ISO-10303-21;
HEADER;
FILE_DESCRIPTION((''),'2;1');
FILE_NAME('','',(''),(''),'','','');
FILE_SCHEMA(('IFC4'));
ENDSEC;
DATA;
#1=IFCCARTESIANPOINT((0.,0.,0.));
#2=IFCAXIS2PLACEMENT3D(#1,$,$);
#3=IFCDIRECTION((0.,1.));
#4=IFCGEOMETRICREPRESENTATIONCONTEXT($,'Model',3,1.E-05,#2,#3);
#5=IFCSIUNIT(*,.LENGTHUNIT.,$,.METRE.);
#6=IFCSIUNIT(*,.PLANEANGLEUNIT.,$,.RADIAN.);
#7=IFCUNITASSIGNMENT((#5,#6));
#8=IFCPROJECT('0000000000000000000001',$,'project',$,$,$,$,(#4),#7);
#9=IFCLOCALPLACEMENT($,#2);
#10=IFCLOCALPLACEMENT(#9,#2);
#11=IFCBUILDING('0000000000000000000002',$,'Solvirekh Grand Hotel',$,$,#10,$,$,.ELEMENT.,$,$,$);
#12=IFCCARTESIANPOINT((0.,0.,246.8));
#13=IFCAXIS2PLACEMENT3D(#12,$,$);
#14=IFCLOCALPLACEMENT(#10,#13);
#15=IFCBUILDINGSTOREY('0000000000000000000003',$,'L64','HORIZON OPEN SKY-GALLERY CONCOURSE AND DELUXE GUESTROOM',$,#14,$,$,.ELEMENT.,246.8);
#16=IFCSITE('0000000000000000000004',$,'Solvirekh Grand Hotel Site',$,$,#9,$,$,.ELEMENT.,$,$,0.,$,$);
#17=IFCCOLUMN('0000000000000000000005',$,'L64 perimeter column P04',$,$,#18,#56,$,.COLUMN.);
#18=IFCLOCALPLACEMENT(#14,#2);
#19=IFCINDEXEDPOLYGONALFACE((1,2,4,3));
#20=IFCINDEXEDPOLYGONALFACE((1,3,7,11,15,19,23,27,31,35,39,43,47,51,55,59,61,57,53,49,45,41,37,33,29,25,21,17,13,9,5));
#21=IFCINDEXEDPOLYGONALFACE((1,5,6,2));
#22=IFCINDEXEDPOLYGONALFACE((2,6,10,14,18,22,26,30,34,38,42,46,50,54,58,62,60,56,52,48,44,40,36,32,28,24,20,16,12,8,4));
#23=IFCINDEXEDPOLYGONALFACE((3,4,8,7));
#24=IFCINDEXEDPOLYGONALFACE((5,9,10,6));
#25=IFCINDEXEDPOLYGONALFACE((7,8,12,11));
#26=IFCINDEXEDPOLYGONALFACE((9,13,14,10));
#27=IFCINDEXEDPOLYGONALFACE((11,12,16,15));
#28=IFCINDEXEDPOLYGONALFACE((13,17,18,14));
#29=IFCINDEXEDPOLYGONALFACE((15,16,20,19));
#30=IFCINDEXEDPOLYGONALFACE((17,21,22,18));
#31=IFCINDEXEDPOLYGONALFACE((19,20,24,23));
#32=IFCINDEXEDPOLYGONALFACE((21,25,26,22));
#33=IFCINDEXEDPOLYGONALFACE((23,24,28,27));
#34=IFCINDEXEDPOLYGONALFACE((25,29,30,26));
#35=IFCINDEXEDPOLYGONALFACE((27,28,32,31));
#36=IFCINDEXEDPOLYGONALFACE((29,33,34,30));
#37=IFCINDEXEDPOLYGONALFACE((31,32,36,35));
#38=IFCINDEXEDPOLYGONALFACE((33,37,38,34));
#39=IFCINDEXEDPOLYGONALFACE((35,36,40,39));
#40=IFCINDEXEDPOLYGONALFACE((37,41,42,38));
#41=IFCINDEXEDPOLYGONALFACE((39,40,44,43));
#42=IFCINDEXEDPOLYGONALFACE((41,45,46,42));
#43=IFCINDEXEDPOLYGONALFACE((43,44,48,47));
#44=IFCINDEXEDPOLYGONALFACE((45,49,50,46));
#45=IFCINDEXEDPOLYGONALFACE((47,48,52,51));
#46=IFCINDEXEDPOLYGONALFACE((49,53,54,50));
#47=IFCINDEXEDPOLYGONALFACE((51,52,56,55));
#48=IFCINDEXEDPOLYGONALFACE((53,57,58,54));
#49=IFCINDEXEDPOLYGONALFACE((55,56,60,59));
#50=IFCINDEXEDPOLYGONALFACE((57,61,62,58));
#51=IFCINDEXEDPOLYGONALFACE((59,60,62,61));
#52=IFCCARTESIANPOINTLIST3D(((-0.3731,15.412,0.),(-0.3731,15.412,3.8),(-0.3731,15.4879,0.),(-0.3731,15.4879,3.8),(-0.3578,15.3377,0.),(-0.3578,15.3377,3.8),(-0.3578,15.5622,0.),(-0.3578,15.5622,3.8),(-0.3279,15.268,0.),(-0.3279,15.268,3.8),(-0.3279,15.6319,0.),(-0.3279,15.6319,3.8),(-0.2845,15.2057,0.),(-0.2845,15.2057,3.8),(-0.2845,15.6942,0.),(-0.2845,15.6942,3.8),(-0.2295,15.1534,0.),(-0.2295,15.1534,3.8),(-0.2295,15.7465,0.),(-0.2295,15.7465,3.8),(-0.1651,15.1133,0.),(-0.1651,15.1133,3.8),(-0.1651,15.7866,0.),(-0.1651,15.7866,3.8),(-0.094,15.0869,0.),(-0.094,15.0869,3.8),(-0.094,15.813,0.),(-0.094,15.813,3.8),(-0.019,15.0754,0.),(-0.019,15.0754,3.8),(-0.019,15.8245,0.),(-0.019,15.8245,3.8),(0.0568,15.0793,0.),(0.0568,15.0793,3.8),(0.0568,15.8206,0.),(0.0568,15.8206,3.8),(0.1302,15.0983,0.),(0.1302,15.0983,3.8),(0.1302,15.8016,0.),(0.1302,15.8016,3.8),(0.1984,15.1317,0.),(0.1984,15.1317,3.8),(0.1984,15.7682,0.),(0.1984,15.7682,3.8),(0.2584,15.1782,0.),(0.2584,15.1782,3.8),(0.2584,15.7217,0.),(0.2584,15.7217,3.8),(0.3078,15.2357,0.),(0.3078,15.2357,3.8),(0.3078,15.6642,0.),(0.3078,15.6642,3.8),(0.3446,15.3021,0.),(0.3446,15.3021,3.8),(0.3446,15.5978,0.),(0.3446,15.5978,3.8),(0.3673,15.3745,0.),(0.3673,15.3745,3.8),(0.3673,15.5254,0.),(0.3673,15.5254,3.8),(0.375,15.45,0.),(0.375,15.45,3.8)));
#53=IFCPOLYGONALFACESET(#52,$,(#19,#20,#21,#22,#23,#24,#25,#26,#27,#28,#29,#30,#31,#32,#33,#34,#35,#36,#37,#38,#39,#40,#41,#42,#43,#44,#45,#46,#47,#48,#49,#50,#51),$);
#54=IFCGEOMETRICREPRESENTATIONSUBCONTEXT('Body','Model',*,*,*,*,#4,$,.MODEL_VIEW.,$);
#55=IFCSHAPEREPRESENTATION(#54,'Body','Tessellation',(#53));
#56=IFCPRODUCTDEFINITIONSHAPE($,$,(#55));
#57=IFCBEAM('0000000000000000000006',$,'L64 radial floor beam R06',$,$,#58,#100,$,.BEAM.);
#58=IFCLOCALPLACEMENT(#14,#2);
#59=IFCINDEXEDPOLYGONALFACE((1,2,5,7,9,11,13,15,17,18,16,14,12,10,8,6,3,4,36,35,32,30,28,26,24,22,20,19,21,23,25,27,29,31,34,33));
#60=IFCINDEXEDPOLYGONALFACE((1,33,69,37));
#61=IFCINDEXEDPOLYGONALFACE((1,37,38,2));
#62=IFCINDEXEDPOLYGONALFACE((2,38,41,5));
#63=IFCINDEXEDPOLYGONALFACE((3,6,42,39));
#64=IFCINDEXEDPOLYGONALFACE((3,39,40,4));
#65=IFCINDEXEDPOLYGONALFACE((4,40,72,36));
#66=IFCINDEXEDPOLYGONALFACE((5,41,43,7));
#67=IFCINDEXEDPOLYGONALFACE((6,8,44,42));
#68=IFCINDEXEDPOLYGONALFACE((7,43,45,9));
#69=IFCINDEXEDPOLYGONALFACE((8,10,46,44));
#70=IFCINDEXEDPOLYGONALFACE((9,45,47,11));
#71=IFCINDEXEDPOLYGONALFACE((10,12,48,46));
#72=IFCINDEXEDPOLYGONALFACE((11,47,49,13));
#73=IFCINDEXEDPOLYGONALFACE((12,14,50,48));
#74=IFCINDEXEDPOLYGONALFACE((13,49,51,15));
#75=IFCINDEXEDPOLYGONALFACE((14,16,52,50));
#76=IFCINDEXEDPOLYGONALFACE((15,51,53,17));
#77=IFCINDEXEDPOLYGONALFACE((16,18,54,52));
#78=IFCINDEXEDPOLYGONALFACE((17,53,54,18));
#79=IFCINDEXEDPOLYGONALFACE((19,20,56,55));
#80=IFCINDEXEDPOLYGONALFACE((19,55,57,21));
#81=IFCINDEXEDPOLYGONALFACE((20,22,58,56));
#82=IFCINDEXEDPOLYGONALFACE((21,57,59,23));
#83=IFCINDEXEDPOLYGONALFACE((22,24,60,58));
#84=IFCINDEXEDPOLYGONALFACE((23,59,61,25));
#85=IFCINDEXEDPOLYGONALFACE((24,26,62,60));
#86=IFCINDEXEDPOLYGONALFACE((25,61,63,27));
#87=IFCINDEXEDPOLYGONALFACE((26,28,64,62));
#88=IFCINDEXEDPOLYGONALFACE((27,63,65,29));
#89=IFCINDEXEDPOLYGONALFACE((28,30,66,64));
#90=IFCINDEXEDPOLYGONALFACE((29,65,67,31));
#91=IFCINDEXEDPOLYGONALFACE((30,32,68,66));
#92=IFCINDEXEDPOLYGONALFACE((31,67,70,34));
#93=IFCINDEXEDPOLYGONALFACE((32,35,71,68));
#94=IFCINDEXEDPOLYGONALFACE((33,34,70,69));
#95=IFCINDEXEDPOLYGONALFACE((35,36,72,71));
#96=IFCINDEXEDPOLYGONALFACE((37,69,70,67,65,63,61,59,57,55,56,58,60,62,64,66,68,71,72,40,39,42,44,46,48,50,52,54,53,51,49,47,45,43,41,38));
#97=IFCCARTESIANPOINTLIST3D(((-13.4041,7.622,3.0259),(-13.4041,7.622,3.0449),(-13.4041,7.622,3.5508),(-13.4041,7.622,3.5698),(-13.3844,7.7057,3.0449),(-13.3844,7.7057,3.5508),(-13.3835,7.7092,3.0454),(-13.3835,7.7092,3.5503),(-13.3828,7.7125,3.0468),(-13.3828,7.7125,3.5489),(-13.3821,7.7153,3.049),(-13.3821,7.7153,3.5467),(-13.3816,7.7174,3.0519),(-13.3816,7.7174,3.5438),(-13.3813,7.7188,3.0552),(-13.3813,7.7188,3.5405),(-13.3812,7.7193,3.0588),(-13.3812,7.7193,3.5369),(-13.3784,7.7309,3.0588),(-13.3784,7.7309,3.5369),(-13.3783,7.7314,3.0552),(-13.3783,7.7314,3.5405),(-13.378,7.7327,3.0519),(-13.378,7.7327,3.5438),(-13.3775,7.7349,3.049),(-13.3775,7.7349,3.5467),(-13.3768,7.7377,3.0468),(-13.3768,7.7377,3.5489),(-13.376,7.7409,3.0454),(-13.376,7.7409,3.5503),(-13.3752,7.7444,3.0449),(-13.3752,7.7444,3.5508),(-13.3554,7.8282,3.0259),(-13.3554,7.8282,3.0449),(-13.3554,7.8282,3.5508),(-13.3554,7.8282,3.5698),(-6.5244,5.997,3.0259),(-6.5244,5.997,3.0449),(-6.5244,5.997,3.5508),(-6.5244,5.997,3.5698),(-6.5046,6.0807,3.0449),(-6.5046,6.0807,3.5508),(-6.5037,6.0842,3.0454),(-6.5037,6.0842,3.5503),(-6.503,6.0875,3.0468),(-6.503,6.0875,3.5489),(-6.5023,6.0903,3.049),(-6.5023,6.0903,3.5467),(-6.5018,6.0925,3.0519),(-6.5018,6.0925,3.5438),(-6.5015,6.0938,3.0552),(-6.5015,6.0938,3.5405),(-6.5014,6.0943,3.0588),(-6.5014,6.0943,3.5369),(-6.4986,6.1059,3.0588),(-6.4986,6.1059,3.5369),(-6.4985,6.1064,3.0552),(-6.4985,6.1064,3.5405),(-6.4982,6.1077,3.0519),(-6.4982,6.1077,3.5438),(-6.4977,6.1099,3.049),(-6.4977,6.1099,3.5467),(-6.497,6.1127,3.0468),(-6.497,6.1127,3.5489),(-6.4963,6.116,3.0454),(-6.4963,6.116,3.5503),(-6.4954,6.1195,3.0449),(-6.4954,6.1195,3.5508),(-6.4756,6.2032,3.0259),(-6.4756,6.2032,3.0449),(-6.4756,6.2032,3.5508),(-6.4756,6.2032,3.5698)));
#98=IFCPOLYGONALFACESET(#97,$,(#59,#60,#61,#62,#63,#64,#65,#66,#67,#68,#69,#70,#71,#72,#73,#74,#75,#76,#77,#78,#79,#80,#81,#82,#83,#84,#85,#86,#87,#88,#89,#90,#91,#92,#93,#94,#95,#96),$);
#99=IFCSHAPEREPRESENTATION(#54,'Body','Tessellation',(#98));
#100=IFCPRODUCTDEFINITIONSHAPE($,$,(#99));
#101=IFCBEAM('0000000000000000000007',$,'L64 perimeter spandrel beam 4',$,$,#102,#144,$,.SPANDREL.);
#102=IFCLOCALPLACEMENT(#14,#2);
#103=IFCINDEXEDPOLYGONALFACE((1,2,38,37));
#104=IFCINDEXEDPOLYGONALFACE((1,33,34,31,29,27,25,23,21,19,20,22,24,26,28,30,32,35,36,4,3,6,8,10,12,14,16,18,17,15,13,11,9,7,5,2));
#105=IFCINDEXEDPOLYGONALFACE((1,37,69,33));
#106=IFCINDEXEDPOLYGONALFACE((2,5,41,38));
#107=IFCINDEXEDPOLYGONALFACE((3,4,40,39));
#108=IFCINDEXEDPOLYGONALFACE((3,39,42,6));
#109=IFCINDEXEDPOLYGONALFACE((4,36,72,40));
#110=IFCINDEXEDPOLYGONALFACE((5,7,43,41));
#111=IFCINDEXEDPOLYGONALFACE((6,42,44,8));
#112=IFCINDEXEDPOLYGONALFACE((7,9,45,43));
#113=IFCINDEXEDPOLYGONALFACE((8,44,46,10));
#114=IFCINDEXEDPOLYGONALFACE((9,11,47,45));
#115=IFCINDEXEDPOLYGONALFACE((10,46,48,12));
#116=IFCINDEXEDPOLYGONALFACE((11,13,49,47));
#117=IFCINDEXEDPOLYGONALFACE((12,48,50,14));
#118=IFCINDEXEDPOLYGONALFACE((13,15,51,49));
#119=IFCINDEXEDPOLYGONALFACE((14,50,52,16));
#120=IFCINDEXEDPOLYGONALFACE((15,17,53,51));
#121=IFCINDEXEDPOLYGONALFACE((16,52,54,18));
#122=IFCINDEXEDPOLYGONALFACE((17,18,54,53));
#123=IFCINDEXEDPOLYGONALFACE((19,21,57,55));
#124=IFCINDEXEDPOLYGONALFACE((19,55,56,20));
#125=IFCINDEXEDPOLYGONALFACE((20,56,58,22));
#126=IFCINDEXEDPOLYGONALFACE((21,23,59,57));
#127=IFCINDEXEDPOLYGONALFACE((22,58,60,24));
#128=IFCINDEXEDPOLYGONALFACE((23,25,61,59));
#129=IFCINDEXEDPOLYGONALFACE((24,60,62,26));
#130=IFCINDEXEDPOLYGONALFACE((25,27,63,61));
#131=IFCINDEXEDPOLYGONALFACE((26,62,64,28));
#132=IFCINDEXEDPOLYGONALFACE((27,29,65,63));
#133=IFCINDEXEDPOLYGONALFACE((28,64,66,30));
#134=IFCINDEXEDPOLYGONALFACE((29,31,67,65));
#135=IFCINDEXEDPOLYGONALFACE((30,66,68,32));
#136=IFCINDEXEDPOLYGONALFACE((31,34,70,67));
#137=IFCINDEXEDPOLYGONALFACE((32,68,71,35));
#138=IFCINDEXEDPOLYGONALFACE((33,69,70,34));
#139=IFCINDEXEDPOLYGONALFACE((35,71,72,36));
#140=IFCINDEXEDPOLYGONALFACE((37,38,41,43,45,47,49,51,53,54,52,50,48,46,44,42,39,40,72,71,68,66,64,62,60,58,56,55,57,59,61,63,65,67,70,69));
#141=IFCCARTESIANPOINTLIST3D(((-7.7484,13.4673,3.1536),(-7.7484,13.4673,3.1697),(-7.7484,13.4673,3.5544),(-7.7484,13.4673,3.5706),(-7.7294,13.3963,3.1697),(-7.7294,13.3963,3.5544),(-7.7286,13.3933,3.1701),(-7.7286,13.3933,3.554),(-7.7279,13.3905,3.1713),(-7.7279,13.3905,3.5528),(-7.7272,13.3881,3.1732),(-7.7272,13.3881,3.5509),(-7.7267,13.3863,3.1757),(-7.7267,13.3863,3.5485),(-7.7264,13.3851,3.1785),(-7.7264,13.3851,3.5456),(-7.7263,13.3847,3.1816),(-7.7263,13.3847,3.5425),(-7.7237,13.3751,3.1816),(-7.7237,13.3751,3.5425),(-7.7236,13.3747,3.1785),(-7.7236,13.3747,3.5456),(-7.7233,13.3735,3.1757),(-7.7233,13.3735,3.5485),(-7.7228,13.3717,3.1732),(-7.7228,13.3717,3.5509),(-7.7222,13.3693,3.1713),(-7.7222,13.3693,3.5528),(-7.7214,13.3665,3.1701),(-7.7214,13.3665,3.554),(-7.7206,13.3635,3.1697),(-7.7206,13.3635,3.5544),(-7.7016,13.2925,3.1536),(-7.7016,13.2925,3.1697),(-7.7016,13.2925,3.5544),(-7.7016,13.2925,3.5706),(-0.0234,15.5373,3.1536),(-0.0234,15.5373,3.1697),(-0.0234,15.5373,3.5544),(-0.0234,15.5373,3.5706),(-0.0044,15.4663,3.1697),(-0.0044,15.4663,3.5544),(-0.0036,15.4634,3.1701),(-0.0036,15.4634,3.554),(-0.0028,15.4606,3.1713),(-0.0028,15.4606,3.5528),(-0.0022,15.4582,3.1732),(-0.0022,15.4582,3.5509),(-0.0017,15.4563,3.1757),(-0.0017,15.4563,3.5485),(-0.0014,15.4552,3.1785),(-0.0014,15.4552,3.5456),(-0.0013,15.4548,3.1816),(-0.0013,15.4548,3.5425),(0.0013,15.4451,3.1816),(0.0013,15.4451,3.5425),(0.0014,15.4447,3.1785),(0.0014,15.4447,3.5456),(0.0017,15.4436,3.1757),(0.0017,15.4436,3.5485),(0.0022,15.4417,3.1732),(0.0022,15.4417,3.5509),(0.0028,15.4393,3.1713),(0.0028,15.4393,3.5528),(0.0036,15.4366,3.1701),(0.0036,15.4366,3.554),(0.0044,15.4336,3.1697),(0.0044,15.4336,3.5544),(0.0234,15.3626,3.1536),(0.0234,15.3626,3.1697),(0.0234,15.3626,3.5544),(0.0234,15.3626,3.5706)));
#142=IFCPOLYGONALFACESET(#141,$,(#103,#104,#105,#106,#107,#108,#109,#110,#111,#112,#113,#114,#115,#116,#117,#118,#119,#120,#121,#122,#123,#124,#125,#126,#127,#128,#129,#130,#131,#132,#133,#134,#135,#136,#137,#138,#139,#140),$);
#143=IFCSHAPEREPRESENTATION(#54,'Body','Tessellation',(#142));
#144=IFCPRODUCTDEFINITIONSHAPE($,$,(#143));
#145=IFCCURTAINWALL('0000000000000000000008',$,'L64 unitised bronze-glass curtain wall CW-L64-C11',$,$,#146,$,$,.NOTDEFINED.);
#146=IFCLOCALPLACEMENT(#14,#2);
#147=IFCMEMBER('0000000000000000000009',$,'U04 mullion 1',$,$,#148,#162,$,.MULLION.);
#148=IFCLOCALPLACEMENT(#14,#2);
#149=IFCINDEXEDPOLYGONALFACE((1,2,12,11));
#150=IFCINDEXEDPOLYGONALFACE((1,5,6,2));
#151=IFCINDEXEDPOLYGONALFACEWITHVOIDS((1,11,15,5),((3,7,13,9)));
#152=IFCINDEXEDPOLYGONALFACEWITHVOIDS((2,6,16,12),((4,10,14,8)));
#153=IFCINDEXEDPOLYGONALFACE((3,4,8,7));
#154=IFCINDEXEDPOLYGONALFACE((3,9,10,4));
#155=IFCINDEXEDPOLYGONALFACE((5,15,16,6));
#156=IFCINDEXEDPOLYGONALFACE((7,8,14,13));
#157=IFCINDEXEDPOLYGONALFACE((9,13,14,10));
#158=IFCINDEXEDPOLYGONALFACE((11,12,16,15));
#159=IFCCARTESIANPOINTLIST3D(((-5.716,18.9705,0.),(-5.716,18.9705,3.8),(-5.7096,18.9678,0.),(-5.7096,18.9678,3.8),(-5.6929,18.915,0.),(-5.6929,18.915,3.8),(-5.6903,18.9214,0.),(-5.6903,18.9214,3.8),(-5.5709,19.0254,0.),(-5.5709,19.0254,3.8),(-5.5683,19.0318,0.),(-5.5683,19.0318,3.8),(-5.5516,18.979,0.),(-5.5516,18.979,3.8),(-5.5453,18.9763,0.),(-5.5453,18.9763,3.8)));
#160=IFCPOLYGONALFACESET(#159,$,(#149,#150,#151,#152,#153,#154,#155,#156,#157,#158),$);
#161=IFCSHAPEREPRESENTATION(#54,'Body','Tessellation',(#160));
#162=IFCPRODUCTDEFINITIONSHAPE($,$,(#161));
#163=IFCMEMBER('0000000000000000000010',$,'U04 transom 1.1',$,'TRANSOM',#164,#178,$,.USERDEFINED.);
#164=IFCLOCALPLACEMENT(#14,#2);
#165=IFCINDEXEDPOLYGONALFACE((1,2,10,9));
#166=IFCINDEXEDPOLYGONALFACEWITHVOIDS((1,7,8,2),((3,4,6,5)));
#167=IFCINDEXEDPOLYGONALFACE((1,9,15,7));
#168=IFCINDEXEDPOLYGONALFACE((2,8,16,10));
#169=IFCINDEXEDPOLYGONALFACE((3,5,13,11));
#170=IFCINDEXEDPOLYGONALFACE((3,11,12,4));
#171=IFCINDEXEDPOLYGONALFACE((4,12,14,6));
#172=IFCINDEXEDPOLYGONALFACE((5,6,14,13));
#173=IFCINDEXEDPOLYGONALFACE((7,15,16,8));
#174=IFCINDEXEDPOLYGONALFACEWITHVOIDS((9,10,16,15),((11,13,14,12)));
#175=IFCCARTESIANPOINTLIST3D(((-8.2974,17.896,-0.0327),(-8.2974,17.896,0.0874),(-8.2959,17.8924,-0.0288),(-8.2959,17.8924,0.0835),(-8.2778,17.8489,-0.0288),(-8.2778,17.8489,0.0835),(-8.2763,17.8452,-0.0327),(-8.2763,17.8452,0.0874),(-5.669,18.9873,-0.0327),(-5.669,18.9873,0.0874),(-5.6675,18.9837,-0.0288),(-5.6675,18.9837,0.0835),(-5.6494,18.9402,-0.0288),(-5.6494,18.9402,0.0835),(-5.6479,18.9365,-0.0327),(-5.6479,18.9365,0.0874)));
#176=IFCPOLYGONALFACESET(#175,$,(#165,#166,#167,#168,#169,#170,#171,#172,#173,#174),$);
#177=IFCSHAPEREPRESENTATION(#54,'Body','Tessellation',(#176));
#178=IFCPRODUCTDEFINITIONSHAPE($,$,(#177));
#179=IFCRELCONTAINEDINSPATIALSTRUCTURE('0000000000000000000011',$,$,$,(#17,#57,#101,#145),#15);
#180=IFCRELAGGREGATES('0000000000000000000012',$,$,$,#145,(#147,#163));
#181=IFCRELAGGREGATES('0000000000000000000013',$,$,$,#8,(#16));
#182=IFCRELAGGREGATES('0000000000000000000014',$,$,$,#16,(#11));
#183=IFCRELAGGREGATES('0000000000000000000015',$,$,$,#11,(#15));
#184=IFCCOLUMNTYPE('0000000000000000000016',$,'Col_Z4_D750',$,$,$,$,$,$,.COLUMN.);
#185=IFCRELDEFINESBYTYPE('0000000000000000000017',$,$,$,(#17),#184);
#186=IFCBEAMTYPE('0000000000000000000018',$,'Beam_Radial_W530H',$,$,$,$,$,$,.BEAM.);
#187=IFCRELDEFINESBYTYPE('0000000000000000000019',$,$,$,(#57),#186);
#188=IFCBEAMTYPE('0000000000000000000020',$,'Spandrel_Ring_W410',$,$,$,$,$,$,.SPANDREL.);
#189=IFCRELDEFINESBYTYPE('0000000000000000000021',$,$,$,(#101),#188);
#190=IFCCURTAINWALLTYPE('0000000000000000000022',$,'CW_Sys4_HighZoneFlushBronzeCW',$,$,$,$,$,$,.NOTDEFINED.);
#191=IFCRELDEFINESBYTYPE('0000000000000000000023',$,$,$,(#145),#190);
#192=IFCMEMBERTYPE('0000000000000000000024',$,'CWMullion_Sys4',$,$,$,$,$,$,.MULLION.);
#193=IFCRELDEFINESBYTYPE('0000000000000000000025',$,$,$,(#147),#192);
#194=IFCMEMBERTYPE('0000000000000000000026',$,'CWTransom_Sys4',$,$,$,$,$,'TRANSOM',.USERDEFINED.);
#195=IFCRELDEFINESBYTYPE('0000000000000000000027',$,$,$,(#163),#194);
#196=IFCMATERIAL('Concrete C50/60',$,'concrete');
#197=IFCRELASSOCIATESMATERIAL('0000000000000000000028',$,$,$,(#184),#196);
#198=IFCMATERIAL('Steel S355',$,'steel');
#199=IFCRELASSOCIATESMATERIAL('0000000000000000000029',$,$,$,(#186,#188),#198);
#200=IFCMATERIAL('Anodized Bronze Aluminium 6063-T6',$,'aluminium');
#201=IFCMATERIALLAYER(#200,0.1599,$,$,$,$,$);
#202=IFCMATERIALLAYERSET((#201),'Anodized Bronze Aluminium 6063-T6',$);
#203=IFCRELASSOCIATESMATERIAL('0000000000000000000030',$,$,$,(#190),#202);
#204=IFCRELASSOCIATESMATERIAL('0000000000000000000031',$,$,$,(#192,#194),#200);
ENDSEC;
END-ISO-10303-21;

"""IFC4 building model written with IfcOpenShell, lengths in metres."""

from ifc_helpers import new_model, si_unit, direction, frame, origin, origin_2d, place, context, subcontext, project, spatial, hollow_rectangle, circle, i_section, extrude, source, transform, mapped, material, layer, layer_set, material_profile, profile_set, type_object, element, aggregate, save


model = new_model("IFC4")

# Units and contexts
model_context = context("Model", 3, precision=1e-05, world=origin(), true_north=direction((0.0, 1.0)))
body_context = subcontext(model_context, "Body", "Model", "MODEL_VIEW")
ifc_project = project(units=[si_unit("LENGTHUNIT", "METRE"), si_unit("PLANEANGLEUNIT", "RADIAN")], contexts=[model_context])

# Site, building, storey
site_placement = place(None, origin())
site = spatial("IfcSite", under=ifc_project, at=site_placement, Name="Solvirekh Grand Hotel Site", CompositionType="ELEMENT", RefElevation=0.0)
building_placement = place(site_placement, origin())
building = spatial("IfcBuilding", under=site, at=building_placement, Name="Solvirekh Grand Hotel", CompositionType="ELEMENT")
storey_placement = place(building_placement, frame((0.0, 0.0, 246.8)))
storey = spatial("IfcBuildingStorey", under=building, at=storey_placement, Name="L64", Description="HORIZON OPEN SKY-GALLERY CONCOURSE AND DELUXE GUESTROOM", CompositionType="ELEMENT", Elevation=246.8)

# Column
ifc_material_1 = material(Name="Concrete C50/60", Category="concrete")
ifc_material_profile_1 = material_profile(ifc_material_1, circle(Radius=0.375, at=origin_2d()), Name="RC CIRC D750")
ifc_profile_set_1 = profile_set([ifc_material_profile_1], Name="Concrete C50/60")
column_type = type_object("IfcColumnType", Name="Col_Z4_D750", PredefinedType="COLUMN", material=ifc_profile_set_1)
column_placement = place(storey_placement, frame((0.0, 15.45, 0.0), z_axis=(0.0, 0.0, 1.0), x_axis=(1.0, 0.0, 0.0)))
element("IfcColumn", 1, at=column_placement, inside=storey, type_object=column_type, Name="L64 perimeter column P04", PredefinedType="COLUMN", context=body_context, shape_type="SweptSolid", body=[
    extrude(circle(Radius=0.375, at=origin_2d()), origin(), (0.0, 0.0, 1.0), 3.8),
])

# Beams
ifc_material_2 = material(Name="Steel S355", Category="steel")
ifc_material_profile_2 = material_profile(ifc_material_2, i_section(OverallWidth=0.2119, OverallDepth=0.5439, WebThickness=0.012, FlangeThickness=0.019, FilletRadius=0.0139, at=origin_2d()), Name="W530X123")
ifc_profile_set_2 = profile_set([ifc_material_profile_2], Name="Steel S355")
beam_type_1 = type_object("IfcBeamType", Name="Beam_Radial_W530H", PredefinedType="BEAM", material=ifc_profile_set_2)
beam_1_placement = place(storey_placement, frame((-6.5, 6.1001, 3.2979), z_axis=(-0.973221, 0.229871, 0.0), x_axis=(-0.229871, -0.973221, 0.0)))
element("IfcBeam", 2, at=beam_1_placement, inside=storey, type_object=beam_type_1, Name="L64 radial floor beam R06", PredefinedType="BEAM", context=body_context, shape_type="SweptSolid", body=[
    extrude(i_section(OverallWidth=0.2119, OverallDepth=0.5439, WebThickness=0.012, FlangeThickness=0.019, FilletRadius=0.0139, at=origin_2d()), origin(), (0.0, 0.0, 1.0), 7.0691),
])
ifc_material_profile_3 = material_profile(ifc_material_2, i_section(OverallWidth=0.1809, OverallDepth=0.417, WebThickness=0.01, FlangeThickness=0.0161, FilletRadius=0.012, at=origin_2d()), Name="W410X85")
ifc_profile_set_3 = profile_set([ifc_material_profile_3], Name="Steel S355")
beam_type_2 = type_object("IfcBeamType", Name="Spandrel_Ring_W410", PredefinedType="SPANDREL", material=ifc_profile_set_3)
beam_2_placement = place(storey_placement, frame((0.0, 15.45, 3.3621), z_axis=(-0.965922, -0.258835, 0.0), x_axis=(0.258835, -0.965922, 0.0)))
element("IfcBeam", 3, at=beam_2_placement, inside=storey, type_object=beam_type_2, Name="L64 perimeter spandrel beam 4", PredefinedType="SPANDREL", context=body_context, shape_type="SweptSolid", body=[
    extrude(i_section(OverallWidth=0.1809, OverallDepth=0.417, WebThickness=0.01, FlangeThickness=0.0161, FilletRadius=0.012, at=origin_2d()), origin(), (0.0, 0.0, 1.0), 7.9976),
])

# Curtain wall, members
ifc_material_3 = material(Name="Anodized Bronze Aluminium 6063-T6", Category="aluminium")
ifc_layer_1 = layer(ifc_material_3, 0.1599)
ifc_layer_set_1 = layer_set([ifc_layer_1], Name="Anodized Bronze Aluminium 6063-T6")
curtain_wall_type = type_object("IfcCurtainWallType", Name="CW_Sys4_HighZoneFlushBronzeCW", PredefinedType="NOTDEFINED", material=ifc_layer_set_1)
curtain_wall_placement = place(storey_placement, origin())
curtain_wall = element("IfcCurtainWall", 4, at=curtain_wall_placement, inside=storey, type_object=curtain_wall_type, Name="L64 unitised bronze-glass curtain wall CW-L64-C11", PredefinedType="NOTDEFINED")
ifc_material_profile_4 = material_profile(ifc_material_3, hollow_rectangle(XDim=0.0601, YDim=0.1599, WallThickness=0.0049, at=origin_2d()), Name="ALU RHS 160X60X5")
ifc_profile_set_4 = profile_set([ifc_material_profile_4], Name="Anodized Bronze Aluminium 6063-T6")
member_type_1 = type_object("IfcMemberType", Name="CWMullion_Sys4", PredefinedType="MULLION", material=ifc_profile_set_4)
shared_shape_1 = source(origin(), body_context, "Body", "SweptSolid", [
    extrude(hollow_rectangle(XDim=0.0601, YDim=0.1599, WallThickness=0.0049, at=origin_2d()), origin(), (0.0, 0.0, 1.0), 3.8),
])
member_1_placement = place(storey_placement, frame((-5.6306, 18.9734, 0.0), z_axis=(0.0, 0.0, 1.0), x_axis=(0.383515, -0.923535, 0.0)))
member_1 = element("IfcMember", 5, at=member_1_placement, type_object=member_type_1, Name="U04 mullion 1", PredefinedType="MULLION", context=body_context, shape_type="MappedRepresentation", body=[
    mapped(shared_shape_1, transform((0.0, 0.0, 0.0), x_axis=(1.0, 0.0, 0.0), y_axis=(0.0, 1.0, 0.0), z_axis=(0.0, 0.0, 1.0), scale=1.0)),
])
ifc_material_profile_5 = material_profile(ifc_material_3, hollow_rectangle(XDim=0.0549, YDim=0.1201, WallThickness=0.0039, at=origin_2d()), Name="ALU RHS 120X55X4")
ifc_profile_set_5 = profile_set([ifc_material_profile_5], Name="Anodized Bronze Aluminium 6063-T6")
member_type_2 = type_object("IfcMemberType", Name="CWTransom_Sys4", ElementType="TRANSOM", PredefinedType="USERDEFINED", material=ifc_profile_set_5)
shared_shape_2 = source(origin(), body_context, "Body", "SweptSolid", [
    extrude(hollow_rectangle(XDim=0.0549, YDim=0.1201, WallThickness=0.0039, at=origin_2d()), origin(), (0.0, 0.0, 1.0), 2.8459),
])
member_2_placement = place(storey_placement, frame((-5.6584, 18.9619, 0.0273), z_axis=(-0.923558, -0.383458, 0.0), x_axis=(0.383458, -0.923558, 0.0)))
member_2 = element("IfcMember", 6, at=member_2_placement, type_object=member_type_2, Name="U04 transom 1.1", ObjectType="TRANSOM", PredefinedType="USERDEFINED", context=body_context, shape_type="MappedRepresentation", body=[
    mapped(shared_shape_2, transform((0.0, 0.0, 0.0), x_axis=(1.0, 0.0, 0.0), y_axis=(0.0, 1.0, 0.0), z_axis=(0.0, 0.0, 1.0), scale=1.0)),
])
aggregate(curtain_wall, [member_1, member_2])

save(model, "model.ifc")
